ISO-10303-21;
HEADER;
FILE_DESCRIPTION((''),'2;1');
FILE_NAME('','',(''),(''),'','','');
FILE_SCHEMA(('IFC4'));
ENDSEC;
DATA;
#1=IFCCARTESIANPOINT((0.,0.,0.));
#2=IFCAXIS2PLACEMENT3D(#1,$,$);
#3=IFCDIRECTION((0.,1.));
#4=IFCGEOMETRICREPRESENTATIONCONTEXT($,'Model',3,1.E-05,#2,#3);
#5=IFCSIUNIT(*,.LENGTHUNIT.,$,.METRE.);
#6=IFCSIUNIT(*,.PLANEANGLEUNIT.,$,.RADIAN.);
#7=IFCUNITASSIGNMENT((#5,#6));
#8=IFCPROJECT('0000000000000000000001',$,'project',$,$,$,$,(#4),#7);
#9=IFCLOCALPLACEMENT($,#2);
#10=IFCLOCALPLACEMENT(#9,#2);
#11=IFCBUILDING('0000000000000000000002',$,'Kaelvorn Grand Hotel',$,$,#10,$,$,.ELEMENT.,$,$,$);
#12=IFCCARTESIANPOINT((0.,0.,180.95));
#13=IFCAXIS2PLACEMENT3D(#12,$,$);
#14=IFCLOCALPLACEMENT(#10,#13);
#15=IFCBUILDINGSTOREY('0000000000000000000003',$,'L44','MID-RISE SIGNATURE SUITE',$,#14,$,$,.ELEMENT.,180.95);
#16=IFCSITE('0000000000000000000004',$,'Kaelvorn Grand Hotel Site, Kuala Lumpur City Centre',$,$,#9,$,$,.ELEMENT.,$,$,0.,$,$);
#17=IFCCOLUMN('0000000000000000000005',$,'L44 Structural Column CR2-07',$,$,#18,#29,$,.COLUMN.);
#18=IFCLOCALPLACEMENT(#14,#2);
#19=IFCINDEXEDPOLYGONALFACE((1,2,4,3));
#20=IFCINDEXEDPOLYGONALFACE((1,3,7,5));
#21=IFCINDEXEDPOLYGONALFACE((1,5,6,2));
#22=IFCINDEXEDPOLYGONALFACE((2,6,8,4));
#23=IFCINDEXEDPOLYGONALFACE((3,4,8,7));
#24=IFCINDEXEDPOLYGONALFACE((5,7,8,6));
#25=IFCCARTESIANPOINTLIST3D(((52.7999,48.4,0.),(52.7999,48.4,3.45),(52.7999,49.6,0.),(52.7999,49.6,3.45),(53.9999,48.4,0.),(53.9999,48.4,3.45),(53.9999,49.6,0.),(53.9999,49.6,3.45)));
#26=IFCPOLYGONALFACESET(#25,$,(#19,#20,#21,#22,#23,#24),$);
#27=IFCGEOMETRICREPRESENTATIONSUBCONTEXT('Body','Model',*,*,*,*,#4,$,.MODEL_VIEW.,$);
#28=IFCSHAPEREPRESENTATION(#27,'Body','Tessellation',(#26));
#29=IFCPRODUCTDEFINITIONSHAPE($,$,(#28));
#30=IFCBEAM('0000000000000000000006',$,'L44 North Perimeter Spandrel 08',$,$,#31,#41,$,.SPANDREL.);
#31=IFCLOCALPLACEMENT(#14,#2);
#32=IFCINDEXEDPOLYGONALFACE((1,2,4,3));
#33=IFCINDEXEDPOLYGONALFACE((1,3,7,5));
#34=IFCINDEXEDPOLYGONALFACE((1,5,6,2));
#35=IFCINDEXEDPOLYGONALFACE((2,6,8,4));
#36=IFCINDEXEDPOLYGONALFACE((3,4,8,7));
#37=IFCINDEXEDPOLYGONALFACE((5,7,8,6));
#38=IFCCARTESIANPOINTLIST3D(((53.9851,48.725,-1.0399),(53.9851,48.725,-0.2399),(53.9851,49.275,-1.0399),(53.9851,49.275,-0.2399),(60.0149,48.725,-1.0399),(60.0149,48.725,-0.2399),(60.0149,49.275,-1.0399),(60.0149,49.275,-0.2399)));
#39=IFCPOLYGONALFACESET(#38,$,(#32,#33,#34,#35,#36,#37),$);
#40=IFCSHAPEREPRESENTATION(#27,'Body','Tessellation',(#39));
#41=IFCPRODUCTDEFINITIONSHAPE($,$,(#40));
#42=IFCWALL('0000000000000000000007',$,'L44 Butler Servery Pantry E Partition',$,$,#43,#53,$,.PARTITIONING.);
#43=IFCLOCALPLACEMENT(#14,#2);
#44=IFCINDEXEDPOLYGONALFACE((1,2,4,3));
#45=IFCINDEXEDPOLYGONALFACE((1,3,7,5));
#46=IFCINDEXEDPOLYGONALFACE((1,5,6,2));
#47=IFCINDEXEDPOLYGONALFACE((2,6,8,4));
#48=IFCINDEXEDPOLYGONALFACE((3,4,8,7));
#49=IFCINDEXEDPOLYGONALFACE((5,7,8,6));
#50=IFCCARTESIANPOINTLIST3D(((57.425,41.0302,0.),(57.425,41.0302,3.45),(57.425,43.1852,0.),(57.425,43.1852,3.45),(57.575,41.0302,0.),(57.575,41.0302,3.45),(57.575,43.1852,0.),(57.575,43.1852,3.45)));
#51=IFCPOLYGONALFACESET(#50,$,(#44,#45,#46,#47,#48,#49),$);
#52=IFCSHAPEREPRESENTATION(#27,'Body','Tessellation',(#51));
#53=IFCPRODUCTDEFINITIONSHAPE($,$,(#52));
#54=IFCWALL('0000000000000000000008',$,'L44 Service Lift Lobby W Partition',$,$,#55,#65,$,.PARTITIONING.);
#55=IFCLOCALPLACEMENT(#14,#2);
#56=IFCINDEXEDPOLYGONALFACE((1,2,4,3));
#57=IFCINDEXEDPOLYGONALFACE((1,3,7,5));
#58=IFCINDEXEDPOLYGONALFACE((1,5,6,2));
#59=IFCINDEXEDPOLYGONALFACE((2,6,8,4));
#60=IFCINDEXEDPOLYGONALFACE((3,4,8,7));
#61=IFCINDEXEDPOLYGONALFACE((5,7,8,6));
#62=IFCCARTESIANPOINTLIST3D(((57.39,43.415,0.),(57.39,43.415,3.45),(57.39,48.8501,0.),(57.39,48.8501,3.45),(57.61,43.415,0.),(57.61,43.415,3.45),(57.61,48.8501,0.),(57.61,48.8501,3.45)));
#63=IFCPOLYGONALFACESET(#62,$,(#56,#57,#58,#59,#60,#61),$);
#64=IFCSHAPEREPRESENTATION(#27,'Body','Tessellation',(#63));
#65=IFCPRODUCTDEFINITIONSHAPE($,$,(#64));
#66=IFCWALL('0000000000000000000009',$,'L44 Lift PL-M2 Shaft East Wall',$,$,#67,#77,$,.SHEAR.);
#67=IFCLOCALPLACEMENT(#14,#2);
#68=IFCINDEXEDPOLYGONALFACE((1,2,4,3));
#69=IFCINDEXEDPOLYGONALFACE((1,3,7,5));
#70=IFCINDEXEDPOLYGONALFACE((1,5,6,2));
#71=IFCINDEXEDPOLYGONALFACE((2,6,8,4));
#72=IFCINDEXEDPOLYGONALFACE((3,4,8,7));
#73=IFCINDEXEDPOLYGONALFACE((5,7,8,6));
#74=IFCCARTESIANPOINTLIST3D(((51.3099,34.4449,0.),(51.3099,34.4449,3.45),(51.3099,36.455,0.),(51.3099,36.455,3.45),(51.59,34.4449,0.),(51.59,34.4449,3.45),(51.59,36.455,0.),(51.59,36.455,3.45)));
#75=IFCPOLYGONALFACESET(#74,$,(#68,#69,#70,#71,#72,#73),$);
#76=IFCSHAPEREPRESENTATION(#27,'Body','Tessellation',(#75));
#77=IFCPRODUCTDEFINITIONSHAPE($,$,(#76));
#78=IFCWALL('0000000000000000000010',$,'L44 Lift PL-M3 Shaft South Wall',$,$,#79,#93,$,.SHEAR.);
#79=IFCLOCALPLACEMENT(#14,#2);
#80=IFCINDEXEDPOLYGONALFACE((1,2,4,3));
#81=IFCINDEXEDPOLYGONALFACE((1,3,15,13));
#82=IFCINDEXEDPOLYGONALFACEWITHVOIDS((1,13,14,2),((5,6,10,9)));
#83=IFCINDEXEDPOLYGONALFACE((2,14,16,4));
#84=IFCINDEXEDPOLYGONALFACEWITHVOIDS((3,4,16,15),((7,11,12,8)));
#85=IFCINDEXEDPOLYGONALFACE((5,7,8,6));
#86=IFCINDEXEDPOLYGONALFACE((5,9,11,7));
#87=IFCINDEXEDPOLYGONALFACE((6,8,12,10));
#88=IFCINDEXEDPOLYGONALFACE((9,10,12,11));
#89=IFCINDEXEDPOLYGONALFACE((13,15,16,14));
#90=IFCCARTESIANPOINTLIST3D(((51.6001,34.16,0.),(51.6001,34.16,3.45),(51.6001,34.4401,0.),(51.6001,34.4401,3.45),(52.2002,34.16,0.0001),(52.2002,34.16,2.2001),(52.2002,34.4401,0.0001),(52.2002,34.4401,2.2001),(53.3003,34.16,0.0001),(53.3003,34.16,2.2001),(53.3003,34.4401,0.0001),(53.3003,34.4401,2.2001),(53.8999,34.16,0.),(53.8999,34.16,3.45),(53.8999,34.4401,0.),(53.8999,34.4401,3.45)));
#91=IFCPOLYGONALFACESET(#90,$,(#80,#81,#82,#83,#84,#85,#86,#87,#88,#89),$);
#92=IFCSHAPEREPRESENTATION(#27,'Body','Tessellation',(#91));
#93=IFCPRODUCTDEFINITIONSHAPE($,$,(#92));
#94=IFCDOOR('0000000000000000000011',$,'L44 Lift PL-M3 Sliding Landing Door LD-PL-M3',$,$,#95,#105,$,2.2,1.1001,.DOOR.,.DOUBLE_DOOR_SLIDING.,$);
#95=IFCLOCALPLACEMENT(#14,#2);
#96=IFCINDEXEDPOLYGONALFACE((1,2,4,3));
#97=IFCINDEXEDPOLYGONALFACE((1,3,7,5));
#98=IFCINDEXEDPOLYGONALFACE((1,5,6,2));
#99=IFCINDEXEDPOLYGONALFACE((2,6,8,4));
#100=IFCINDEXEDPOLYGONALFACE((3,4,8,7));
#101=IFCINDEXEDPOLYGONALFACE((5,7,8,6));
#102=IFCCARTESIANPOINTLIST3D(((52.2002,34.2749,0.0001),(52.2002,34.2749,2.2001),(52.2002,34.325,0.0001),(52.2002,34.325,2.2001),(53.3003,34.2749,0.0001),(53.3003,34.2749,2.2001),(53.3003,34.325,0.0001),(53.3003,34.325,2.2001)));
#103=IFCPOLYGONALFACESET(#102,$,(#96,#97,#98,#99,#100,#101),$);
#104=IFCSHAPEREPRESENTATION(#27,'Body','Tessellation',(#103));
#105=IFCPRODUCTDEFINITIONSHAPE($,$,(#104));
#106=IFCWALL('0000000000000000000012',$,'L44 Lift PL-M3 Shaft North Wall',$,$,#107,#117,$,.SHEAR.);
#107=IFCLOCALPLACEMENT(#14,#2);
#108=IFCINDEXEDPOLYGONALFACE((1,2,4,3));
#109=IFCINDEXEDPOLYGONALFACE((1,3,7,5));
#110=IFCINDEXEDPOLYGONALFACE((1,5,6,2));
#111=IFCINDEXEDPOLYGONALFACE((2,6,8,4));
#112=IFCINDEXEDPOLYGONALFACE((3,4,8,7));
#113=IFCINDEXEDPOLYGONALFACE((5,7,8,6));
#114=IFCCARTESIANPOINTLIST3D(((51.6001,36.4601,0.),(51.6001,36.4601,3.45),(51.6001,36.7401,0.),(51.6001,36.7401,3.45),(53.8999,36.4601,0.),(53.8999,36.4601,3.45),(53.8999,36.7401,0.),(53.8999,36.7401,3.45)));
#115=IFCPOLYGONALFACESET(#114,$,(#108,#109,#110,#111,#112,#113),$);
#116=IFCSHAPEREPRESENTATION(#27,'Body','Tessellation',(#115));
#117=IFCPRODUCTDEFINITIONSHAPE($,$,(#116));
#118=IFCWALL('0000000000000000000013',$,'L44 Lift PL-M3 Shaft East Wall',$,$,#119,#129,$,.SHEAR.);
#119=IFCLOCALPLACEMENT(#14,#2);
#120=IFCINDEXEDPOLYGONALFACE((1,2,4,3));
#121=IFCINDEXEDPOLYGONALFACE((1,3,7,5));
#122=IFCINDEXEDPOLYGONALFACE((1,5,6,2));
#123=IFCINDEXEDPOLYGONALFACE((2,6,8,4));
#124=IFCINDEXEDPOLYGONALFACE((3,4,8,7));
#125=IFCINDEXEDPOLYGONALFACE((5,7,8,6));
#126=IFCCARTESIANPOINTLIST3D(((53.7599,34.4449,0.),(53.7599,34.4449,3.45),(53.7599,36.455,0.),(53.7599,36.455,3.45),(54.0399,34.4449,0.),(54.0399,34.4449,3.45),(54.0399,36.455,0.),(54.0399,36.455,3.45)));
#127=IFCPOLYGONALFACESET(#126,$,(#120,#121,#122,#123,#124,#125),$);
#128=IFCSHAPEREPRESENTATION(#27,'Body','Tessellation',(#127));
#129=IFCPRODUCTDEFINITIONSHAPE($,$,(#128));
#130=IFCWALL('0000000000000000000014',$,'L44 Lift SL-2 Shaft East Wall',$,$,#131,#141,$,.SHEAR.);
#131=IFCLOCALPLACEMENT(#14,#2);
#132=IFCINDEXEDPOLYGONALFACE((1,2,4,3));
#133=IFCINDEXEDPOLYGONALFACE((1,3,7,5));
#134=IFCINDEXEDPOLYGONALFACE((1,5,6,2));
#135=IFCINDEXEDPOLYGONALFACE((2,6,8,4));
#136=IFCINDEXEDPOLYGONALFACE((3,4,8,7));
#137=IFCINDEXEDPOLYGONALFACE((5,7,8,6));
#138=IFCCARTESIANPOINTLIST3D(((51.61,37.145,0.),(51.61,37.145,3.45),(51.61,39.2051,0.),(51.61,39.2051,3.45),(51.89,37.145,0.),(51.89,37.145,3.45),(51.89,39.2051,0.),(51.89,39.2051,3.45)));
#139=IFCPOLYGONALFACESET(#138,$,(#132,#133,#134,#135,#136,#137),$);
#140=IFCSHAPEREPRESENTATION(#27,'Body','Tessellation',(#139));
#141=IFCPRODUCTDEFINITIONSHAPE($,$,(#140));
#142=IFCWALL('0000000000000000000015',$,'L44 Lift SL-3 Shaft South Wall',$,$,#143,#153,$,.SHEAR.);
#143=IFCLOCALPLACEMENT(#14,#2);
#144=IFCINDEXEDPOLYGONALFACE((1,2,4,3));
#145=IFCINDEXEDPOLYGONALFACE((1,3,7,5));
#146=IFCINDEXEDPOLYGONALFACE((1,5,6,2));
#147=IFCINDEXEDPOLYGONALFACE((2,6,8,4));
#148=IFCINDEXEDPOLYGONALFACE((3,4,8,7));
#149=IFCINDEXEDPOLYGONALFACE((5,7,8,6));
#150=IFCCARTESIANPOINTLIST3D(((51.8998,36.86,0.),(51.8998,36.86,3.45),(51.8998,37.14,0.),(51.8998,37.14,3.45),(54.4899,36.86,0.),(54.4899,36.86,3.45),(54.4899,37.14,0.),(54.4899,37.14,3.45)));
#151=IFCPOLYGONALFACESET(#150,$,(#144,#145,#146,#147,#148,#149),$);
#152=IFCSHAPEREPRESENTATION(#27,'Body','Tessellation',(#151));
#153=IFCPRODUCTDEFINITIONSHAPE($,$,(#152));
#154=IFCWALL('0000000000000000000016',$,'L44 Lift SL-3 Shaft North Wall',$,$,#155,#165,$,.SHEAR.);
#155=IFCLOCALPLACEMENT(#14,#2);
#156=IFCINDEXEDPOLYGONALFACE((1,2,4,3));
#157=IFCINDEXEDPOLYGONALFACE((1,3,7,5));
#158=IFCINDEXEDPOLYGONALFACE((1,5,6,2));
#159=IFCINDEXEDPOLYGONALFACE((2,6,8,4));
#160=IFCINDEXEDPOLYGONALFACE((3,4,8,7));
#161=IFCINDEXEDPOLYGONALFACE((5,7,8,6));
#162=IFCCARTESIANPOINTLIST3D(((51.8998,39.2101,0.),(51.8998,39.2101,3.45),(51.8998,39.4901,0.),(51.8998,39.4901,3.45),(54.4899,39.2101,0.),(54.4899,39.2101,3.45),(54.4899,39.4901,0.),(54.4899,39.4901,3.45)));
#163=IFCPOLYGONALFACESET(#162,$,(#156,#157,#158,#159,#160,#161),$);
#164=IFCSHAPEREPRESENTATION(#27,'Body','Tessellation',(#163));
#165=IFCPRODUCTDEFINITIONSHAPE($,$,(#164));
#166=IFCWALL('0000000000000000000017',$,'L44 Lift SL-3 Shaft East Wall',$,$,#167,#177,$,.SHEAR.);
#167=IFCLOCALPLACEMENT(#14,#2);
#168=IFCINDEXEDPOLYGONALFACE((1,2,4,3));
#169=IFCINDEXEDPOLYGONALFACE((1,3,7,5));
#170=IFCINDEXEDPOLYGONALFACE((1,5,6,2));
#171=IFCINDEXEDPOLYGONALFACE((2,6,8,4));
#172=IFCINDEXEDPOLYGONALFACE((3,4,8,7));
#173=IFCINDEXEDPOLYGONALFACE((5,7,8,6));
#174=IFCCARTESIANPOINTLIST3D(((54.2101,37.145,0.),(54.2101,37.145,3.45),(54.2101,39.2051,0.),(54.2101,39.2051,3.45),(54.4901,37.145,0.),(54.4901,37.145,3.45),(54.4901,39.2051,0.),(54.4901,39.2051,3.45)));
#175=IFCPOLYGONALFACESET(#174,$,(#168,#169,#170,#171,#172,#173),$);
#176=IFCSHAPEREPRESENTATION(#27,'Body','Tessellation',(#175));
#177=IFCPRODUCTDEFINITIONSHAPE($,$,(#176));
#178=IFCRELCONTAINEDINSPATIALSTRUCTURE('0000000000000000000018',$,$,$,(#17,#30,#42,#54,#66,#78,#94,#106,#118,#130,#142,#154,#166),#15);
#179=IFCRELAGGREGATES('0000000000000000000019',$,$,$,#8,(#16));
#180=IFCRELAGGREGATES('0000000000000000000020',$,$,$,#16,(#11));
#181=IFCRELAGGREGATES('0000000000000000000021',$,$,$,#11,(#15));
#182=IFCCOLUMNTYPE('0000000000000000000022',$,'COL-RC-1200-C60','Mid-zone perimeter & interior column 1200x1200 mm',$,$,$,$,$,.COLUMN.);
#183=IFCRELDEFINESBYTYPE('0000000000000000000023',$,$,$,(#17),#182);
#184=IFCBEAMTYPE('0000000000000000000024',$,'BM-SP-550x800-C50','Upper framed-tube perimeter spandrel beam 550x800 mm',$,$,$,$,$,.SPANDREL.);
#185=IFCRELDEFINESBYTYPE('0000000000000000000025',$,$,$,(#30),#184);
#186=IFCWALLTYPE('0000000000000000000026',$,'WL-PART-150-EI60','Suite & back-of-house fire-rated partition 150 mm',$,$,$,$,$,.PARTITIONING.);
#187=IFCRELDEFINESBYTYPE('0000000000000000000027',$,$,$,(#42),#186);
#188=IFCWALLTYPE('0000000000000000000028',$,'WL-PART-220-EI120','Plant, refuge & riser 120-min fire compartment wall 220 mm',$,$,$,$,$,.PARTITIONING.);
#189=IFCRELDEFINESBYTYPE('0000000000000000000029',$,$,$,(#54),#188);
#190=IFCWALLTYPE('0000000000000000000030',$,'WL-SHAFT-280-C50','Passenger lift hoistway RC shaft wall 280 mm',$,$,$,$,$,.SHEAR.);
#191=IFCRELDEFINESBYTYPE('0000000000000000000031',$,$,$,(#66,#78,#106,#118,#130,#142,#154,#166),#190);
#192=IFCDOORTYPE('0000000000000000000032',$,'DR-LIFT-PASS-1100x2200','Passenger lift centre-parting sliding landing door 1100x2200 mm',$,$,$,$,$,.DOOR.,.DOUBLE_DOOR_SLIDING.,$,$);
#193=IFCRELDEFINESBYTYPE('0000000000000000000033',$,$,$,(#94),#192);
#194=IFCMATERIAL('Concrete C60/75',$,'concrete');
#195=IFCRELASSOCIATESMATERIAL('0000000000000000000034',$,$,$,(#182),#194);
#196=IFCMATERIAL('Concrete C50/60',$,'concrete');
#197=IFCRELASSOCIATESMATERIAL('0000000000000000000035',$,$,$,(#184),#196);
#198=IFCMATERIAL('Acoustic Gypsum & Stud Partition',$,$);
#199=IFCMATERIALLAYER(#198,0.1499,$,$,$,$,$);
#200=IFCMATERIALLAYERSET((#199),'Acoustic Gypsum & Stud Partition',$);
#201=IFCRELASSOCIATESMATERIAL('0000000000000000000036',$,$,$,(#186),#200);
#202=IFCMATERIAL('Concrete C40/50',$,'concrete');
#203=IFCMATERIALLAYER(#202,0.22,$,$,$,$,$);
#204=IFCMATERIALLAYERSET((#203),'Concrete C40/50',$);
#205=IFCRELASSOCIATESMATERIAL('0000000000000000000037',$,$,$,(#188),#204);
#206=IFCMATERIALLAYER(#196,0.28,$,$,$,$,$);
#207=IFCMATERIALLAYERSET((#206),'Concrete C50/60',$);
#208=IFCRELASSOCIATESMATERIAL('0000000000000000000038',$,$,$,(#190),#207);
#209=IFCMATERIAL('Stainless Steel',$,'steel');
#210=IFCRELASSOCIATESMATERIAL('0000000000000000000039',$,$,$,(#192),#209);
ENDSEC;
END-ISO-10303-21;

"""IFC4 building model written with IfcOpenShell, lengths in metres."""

from ifc_helpers import new_model, si_unit, direction, frame, frame_2d, origin, origin_2d, place, context, subcontext, project, spatial, rectangle, extrude, material, layer, layer_set, material_profile, profile_set, type_object, element, fill, save


model = new_model("IFC4")

# Units and contexts
model_context = context("Model", 3, precision=1e-05, world=origin(), true_north=direction((0.0, 1.0)))
body_context = subcontext(model_context, "Body", "Model", "MODEL_VIEW")
ifc_project = project(units=[si_unit("LENGTHUNIT", "METRE"), si_unit("PLANEANGLEUNIT", "RADIAN")], contexts=[model_context])

# Site, building, storey
site_placement = place(None, origin())
site = spatial("IfcSite", under=ifc_project, at=site_placement, Name="Kaelvorn Grand Hotel Site, Kuala Lumpur City Centre", CompositionType="ELEMENT", RefElevation=0.0)
building_placement = place(site_placement, origin())
building = spatial("IfcBuilding", under=site, at=building_placement, Name="Kaelvorn Grand Hotel", CompositionType="ELEMENT")
storey_placement = place(building_placement, frame((0.0, 0.0, 180.95)))
storey = spatial("IfcBuildingStorey", under=building, at=storey_placement, Name="L44", Description="MID-RISE SIGNATURE SUITE", CompositionType="ELEMENT", Elevation=180.95)

# Column
ifc_material_1 = material(Name="Concrete C60/75", Category="concrete")
ifc_material_profile_1 = material_profile(ifc_material_1, rectangle(XDim=1.2, YDim=1.2, at=origin_2d()), Name="RC COL 1200x1200")
ifc_profile_set_1 = profile_set([ifc_material_profile_1], Name="Concrete C60/75")
column_type = type_object("IfcColumnType", Name="COL-RC-1200-C60", Description="Mid-zone perimeter & interior column 1200x1200 mm", PredefinedType="COLUMN", material=ifc_profile_set_1)
column_placement = place(storey_placement, frame((53.3999, 49.0, 0.0), z_axis=(0.0, 0.0, 1.0), x_axis=(1.0, 0.0, 0.0)))
element("IfcColumn", 1, at=column_placement, inside=storey, type_object=column_type, Name="L44 Structural Column CR2-07", PredefinedType="COLUMN", context=body_context, shape_type="SweptSolid", body=[
    extrude(rectangle(XDim=1.2, YDim=1.2, at=origin_2d()), origin(), (0.0, 0.0, 1.0), 3.45),
])

# Beam
ifc_material_2 = material(Name="Concrete C50/60", Category="concrete")
ifc_material_profile_2 = material_profile(ifc_material_2, rectangle(XDim=0.55, YDim=0.8, at=origin_2d()), Name="RC SPANDREL 550x800")
ifc_profile_set_2 = profile_set([ifc_material_profile_2], Name="Concrete C50/60")
beam_type = type_object("IfcBeamType", Name="BM-SP-550x800-C50", Description="Upper framed-tube perimeter spandrel beam 550x800 mm", PredefinedType="SPANDREL", material=ifc_profile_set_2)
beam_placement = place(storey_placement, frame((53.9851, 49.0, -0.6399), z_axis=(1.0, 0.0, 0.0), x_axis=(0.0, 1.0, 0.0)))
element("IfcBeam", 2, at=beam_placement, inside=storey, type_object=beam_type, Name="L44 North Perimeter Spandrel 08", PredefinedType="SPANDREL", context=body_context, shape_type="SweptSolid", body=[
    extrude(rectangle(XDim=0.55, YDim=0.8, at=origin_2d()), origin(), (0.0, 0.0, 1.0), 6.0298),
])

# Wall
ifc_material_3 = material(Name="Acoustic Gypsum & Stud Partition")
ifc_layer_1 = layer(ifc_material_3, 0.1499)
ifc_layer_set_1 = layer_set([ifc_layer_1], Name="Acoustic Gypsum & Stud Partition")
wall_type_1 = type_object("IfcWallType", Name="WL-PART-150-EI60", Description="Suite & back-of-house fire-rated partition 150 mm", PredefinedType="PARTITIONING", material=ifc_layer_set_1)
wall_1_placement = place(storey_placement, frame((57.5, 41.03, 0.0), z_axis=(0.0, 0.0, 1.0), x_axis=(0.0, 1.0, 0.0)))
element("IfcWall", 3, at=wall_1_placement, inside=storey, type_object=wall_type_1, Name="L44 Butler Servery Pantry E Partition", PredefinedType="PARTITIONING", context=body_context, shape_type="SweptSolid", body=[
    extrude(rectangle(XDim=2.155, YDim=0.1499, at=frame_2d((1.0776, 0.0))), origin(), (0.0, 0.0, 1.0), 3.45),
])

# Shared definitions
ifc_material_4 = material(Name="Concrete C40/50", Category="concrete")
ifc_layer_2 = layer(ifc_material_4, 0.22)
ifc_layer_set_2 = layer_set([ifc_layer_2], Name="Concrete C40/50")
wall_type_2 = type_object("IfcWallType", Name="WL-PART-220-EI120", Description="Plant, refuge & riser 120-min fire compartment wall 220 mm", PredefinedType="PARTITIONING", material=ifc_layer_set_2)

# Walls
wall_2_placement = place(storey_placement, frame((57.5, 43.415, 0.0), z_axis=(0.0, 0.0, 1.0), x_axis=(0.0, 1.0, 0.0)))
element("IfcWall", 4, at=wall_2_placement, inside=storey, type_object=wall_type_2, Name="L44 Service Lift Lobby W Partition", PredefinedType="PARTITIONING", context=body_context, shape_type="SweptSolid", body=[
    extrude(rectangle(XDim=5.4351, YDim=0.22, at=frame_2d((2.7175, 0.0))), origin(), (0.0, 0.0, 1.0), 3.45),
])
ifc_layer_3 = layer(ifc_material_2, 0.28)
ifc_layer_set_3 = layer_set([ifc_layer_3], Name="Concrete C50/60")
wall_type_3 = type_object("IfcWallType", Name="WL-SHAFT-280-C50", Description="Passenger lift hoistway RC shaft wall 280 mm", PredefinedType="SHEAR", material=ifc_layer_set_3)
wall_3_placement = place(storey_placement, frame((51.45, 34.4451, 0.0), z_axis=(0.0, 0.0, 1.0), x_axis=(0.0, 1.0, 0.0)))
element("IfcWall", 5, at=wall_3_placement, inside=storey, type_object=wall_type_3, Name="L44 Lift PL-M2 Shaft East Wall", PredefinedType="SHEAR", context=body_context, shape_type="SweptSolid", body=[
    extrude(rectangle(XDim=2.01, YDim=0.28, at=frame_2d((1.0049, 0.0))), origin(), (0.0, 0.0, 1.0), 3.45),
])

# Wall, opening, door
wall_4_placement = place(storey_placement, frame((51.6001, 34.3, 0.0), z_axis=(0.0, 0.0, 1.0), x_axis=(1.0, 0.0, 0.0)))
wall_4 = element("IfcWall", 6, at=wall_4_placement, inside=storey, type_object=wall_type_3, Name="L44 Lift PL-M3 Shaft South Wall", PredefinedType="SHEAR", context=body_context, shape_type="SweptSolid", body=[
    extrude(rectangle(XDim=2.2998, YDim=0.28, at=frame_2d((1.1499, 0.0))), origin(), (0.0, 0.0, 1.0), 3.45),
])
opening_1_placement = place(wall_4_placement, frame((0.6001, 0.0, 0.0)))
opening_1 = element("IfcOpeningElement", 7, at=opening_1_placement, cuts=wall_4, PredefinedType="OPENING", context=body_context, shape_type="SweptSolid", body=[
    extrude(rectangle(XDim=1.1001, YDim=2.2, at=frame_2d((0.55, 1.1001))), frame((0.0, 0.1499, 0.0), z_axis=(0.0, -1.0, 0.0), x_axis=(1.0, 0.0, 0.0)), (0.0, 0.0, 1.0), 0.3),
])
ifc_material_5 = material(Name="Stainless Steel", Category="steel")
door_type_1 = type_object("IfcDoorType", Name="DR-LIFT-PASS-1100x2200", Description="Passenger lift centre-parting sliding landing door 1100x2200 mm", OperationType="DOUBLE_DOOR_SLIDING", PredefinedType="DOOR", material=ifc_material_5)
door_1_placement = place(opening_1_placement, origin())
door_1 = element("IfcDoor", 8, at=door_1_placement, inside=storey, type_object=door_type_1, Name="L44 Lift PL-M3 Sliding Landing Door LD-PL-M3", OperationType="DOUBLE_DOOR_SLIDING", OverallHeight=2.2, OverallWidth=1.1001, PredefinedType="DOOR", context=body_context, shape_type="SweptSolid", body=[
    extrude(rectangle(XDim=1.1001, YDim=2.2, at=frame_2d((0.55, 1.1001))), frame((0.0, 0.0249, 0.0), z_axis=(0.0, -1.0, 0.0), x_axis=(1.0, 0.0, 0.0)), (0.0, 0.0, 1.0), 0.05),
])
fill(opening_1, door_1)

# Walls
wall_5_placement = place(storey_placement, frame((51.6001, 36.6001, 0.0), z_axis=(0.0, 0.0, 1.0), x_axis=(1.0, 0.0, 0.0)))
element("IfcWall", 9, at=wall_5_placement, inside=storey, type_object=wall_type_3, Name="L44 Lift PL-M3 Shaft North Wall", PredefinedType="SHEAR", context=body_context, shape_type="SweptSolid", body=[
    extrude(rectangle(XDim=2.2998, YDim=0.28, at=frame_2d((1.1499, 0.0))), origin(), (0.0, 0.0, 1.0), 3.45),
])
wall_6_placement = place(storey_placement, frame((53.8999, 34.4451, 0.0), z_axis=(0.0, 0.0, 1.0), x_axis=(0.0, 1.0, 0.0)))
element("IfcWall", 10, at=wall_6_placement, inside=storey, type_object=wall_type_3, Name="L44 Lift PL-M3 Shaft East Wall", PredefinedType="SHEAR", context=body_context, shape_type="SweptSolid", body=[
    extrude(rectangle(XDim=2.01, YDim=0.28, at=frame_2d((1.0049, 0.0))), origin(), (0.0, 0.0, 1.0), 3.45),
])
wall_7_placement = place(storey_placement, frame((51.75, 37.145, 0.0), z_axis=(0.0, 0.0, 1.0), x_axis=(0.0, 1.0, 0.0)))
element("IfcWall", 11, at=wall_7_placement, inside=storey, type_object=wall_type_3, Name="L44 Lift SL-2 Shaft East Wall", PredefinedType="SHEAR", context=body_context, shape_type="SweptSolid", body=[
    extrude(rectangle(XDim=2.0601, YDim=0.28, at=frame_2d((1.03, 0.0))), origin(), (0.0, 0.0, 1.0), 3.45),
])
for number, where, z_axis, x_axis, name in (
    (12, (51.8999, 37.0, 0.0), (0.0, 0.0, 1.0), (1.0, 0.0, 0.0), "L44 Lift SL-3 Shaft South Wall"),
    (13, (51.8999, 39.3501, 0.0), (0.0, 0.0, 1.0), (1.0, 0.0, 0.0), "L44 Lift SL-3 Shaft North Wall"),
):
    element("IfcWall", number, at=place(storey_placement, frame(where, z_axis=z_axis, x_axis=x_axis)), inside=storey, type_object=wall_type_3, Name=name, PredefinedType="SHEAR", context=body_context, shape_type="SweptSolid", body=[
        extrude(rectangle(XDim=2.5901, YDim=0.28, at=frame_2d((1.2949, 0.0))), origin(), (0.0, 0.0, 1.0), 3.45),
    ])
wall_8_placement = place(storey_placement, frame((54.3501, 37.145, 0.0), z_axis=(0.0, 0.0, 1.0), x_axis=(0.0, 1.0, 0.0)))
element("IfcWall", 14, at=wall_8_placement, inside=storey, type_object=wall_type_3, Name="L44 Lift SL-3 Shaft East Wall", PredefinedType="SHEAR", context=body_context, shape_type="SweptSolid", body=[
    extrude(rectangle(XDim=2.0601, YDim=0.28, at=frame_2d((1.03, 0.0))), origin(), (0.0, 0.0, 1.0), 3.45),
])

save(model, "model.ifc")
